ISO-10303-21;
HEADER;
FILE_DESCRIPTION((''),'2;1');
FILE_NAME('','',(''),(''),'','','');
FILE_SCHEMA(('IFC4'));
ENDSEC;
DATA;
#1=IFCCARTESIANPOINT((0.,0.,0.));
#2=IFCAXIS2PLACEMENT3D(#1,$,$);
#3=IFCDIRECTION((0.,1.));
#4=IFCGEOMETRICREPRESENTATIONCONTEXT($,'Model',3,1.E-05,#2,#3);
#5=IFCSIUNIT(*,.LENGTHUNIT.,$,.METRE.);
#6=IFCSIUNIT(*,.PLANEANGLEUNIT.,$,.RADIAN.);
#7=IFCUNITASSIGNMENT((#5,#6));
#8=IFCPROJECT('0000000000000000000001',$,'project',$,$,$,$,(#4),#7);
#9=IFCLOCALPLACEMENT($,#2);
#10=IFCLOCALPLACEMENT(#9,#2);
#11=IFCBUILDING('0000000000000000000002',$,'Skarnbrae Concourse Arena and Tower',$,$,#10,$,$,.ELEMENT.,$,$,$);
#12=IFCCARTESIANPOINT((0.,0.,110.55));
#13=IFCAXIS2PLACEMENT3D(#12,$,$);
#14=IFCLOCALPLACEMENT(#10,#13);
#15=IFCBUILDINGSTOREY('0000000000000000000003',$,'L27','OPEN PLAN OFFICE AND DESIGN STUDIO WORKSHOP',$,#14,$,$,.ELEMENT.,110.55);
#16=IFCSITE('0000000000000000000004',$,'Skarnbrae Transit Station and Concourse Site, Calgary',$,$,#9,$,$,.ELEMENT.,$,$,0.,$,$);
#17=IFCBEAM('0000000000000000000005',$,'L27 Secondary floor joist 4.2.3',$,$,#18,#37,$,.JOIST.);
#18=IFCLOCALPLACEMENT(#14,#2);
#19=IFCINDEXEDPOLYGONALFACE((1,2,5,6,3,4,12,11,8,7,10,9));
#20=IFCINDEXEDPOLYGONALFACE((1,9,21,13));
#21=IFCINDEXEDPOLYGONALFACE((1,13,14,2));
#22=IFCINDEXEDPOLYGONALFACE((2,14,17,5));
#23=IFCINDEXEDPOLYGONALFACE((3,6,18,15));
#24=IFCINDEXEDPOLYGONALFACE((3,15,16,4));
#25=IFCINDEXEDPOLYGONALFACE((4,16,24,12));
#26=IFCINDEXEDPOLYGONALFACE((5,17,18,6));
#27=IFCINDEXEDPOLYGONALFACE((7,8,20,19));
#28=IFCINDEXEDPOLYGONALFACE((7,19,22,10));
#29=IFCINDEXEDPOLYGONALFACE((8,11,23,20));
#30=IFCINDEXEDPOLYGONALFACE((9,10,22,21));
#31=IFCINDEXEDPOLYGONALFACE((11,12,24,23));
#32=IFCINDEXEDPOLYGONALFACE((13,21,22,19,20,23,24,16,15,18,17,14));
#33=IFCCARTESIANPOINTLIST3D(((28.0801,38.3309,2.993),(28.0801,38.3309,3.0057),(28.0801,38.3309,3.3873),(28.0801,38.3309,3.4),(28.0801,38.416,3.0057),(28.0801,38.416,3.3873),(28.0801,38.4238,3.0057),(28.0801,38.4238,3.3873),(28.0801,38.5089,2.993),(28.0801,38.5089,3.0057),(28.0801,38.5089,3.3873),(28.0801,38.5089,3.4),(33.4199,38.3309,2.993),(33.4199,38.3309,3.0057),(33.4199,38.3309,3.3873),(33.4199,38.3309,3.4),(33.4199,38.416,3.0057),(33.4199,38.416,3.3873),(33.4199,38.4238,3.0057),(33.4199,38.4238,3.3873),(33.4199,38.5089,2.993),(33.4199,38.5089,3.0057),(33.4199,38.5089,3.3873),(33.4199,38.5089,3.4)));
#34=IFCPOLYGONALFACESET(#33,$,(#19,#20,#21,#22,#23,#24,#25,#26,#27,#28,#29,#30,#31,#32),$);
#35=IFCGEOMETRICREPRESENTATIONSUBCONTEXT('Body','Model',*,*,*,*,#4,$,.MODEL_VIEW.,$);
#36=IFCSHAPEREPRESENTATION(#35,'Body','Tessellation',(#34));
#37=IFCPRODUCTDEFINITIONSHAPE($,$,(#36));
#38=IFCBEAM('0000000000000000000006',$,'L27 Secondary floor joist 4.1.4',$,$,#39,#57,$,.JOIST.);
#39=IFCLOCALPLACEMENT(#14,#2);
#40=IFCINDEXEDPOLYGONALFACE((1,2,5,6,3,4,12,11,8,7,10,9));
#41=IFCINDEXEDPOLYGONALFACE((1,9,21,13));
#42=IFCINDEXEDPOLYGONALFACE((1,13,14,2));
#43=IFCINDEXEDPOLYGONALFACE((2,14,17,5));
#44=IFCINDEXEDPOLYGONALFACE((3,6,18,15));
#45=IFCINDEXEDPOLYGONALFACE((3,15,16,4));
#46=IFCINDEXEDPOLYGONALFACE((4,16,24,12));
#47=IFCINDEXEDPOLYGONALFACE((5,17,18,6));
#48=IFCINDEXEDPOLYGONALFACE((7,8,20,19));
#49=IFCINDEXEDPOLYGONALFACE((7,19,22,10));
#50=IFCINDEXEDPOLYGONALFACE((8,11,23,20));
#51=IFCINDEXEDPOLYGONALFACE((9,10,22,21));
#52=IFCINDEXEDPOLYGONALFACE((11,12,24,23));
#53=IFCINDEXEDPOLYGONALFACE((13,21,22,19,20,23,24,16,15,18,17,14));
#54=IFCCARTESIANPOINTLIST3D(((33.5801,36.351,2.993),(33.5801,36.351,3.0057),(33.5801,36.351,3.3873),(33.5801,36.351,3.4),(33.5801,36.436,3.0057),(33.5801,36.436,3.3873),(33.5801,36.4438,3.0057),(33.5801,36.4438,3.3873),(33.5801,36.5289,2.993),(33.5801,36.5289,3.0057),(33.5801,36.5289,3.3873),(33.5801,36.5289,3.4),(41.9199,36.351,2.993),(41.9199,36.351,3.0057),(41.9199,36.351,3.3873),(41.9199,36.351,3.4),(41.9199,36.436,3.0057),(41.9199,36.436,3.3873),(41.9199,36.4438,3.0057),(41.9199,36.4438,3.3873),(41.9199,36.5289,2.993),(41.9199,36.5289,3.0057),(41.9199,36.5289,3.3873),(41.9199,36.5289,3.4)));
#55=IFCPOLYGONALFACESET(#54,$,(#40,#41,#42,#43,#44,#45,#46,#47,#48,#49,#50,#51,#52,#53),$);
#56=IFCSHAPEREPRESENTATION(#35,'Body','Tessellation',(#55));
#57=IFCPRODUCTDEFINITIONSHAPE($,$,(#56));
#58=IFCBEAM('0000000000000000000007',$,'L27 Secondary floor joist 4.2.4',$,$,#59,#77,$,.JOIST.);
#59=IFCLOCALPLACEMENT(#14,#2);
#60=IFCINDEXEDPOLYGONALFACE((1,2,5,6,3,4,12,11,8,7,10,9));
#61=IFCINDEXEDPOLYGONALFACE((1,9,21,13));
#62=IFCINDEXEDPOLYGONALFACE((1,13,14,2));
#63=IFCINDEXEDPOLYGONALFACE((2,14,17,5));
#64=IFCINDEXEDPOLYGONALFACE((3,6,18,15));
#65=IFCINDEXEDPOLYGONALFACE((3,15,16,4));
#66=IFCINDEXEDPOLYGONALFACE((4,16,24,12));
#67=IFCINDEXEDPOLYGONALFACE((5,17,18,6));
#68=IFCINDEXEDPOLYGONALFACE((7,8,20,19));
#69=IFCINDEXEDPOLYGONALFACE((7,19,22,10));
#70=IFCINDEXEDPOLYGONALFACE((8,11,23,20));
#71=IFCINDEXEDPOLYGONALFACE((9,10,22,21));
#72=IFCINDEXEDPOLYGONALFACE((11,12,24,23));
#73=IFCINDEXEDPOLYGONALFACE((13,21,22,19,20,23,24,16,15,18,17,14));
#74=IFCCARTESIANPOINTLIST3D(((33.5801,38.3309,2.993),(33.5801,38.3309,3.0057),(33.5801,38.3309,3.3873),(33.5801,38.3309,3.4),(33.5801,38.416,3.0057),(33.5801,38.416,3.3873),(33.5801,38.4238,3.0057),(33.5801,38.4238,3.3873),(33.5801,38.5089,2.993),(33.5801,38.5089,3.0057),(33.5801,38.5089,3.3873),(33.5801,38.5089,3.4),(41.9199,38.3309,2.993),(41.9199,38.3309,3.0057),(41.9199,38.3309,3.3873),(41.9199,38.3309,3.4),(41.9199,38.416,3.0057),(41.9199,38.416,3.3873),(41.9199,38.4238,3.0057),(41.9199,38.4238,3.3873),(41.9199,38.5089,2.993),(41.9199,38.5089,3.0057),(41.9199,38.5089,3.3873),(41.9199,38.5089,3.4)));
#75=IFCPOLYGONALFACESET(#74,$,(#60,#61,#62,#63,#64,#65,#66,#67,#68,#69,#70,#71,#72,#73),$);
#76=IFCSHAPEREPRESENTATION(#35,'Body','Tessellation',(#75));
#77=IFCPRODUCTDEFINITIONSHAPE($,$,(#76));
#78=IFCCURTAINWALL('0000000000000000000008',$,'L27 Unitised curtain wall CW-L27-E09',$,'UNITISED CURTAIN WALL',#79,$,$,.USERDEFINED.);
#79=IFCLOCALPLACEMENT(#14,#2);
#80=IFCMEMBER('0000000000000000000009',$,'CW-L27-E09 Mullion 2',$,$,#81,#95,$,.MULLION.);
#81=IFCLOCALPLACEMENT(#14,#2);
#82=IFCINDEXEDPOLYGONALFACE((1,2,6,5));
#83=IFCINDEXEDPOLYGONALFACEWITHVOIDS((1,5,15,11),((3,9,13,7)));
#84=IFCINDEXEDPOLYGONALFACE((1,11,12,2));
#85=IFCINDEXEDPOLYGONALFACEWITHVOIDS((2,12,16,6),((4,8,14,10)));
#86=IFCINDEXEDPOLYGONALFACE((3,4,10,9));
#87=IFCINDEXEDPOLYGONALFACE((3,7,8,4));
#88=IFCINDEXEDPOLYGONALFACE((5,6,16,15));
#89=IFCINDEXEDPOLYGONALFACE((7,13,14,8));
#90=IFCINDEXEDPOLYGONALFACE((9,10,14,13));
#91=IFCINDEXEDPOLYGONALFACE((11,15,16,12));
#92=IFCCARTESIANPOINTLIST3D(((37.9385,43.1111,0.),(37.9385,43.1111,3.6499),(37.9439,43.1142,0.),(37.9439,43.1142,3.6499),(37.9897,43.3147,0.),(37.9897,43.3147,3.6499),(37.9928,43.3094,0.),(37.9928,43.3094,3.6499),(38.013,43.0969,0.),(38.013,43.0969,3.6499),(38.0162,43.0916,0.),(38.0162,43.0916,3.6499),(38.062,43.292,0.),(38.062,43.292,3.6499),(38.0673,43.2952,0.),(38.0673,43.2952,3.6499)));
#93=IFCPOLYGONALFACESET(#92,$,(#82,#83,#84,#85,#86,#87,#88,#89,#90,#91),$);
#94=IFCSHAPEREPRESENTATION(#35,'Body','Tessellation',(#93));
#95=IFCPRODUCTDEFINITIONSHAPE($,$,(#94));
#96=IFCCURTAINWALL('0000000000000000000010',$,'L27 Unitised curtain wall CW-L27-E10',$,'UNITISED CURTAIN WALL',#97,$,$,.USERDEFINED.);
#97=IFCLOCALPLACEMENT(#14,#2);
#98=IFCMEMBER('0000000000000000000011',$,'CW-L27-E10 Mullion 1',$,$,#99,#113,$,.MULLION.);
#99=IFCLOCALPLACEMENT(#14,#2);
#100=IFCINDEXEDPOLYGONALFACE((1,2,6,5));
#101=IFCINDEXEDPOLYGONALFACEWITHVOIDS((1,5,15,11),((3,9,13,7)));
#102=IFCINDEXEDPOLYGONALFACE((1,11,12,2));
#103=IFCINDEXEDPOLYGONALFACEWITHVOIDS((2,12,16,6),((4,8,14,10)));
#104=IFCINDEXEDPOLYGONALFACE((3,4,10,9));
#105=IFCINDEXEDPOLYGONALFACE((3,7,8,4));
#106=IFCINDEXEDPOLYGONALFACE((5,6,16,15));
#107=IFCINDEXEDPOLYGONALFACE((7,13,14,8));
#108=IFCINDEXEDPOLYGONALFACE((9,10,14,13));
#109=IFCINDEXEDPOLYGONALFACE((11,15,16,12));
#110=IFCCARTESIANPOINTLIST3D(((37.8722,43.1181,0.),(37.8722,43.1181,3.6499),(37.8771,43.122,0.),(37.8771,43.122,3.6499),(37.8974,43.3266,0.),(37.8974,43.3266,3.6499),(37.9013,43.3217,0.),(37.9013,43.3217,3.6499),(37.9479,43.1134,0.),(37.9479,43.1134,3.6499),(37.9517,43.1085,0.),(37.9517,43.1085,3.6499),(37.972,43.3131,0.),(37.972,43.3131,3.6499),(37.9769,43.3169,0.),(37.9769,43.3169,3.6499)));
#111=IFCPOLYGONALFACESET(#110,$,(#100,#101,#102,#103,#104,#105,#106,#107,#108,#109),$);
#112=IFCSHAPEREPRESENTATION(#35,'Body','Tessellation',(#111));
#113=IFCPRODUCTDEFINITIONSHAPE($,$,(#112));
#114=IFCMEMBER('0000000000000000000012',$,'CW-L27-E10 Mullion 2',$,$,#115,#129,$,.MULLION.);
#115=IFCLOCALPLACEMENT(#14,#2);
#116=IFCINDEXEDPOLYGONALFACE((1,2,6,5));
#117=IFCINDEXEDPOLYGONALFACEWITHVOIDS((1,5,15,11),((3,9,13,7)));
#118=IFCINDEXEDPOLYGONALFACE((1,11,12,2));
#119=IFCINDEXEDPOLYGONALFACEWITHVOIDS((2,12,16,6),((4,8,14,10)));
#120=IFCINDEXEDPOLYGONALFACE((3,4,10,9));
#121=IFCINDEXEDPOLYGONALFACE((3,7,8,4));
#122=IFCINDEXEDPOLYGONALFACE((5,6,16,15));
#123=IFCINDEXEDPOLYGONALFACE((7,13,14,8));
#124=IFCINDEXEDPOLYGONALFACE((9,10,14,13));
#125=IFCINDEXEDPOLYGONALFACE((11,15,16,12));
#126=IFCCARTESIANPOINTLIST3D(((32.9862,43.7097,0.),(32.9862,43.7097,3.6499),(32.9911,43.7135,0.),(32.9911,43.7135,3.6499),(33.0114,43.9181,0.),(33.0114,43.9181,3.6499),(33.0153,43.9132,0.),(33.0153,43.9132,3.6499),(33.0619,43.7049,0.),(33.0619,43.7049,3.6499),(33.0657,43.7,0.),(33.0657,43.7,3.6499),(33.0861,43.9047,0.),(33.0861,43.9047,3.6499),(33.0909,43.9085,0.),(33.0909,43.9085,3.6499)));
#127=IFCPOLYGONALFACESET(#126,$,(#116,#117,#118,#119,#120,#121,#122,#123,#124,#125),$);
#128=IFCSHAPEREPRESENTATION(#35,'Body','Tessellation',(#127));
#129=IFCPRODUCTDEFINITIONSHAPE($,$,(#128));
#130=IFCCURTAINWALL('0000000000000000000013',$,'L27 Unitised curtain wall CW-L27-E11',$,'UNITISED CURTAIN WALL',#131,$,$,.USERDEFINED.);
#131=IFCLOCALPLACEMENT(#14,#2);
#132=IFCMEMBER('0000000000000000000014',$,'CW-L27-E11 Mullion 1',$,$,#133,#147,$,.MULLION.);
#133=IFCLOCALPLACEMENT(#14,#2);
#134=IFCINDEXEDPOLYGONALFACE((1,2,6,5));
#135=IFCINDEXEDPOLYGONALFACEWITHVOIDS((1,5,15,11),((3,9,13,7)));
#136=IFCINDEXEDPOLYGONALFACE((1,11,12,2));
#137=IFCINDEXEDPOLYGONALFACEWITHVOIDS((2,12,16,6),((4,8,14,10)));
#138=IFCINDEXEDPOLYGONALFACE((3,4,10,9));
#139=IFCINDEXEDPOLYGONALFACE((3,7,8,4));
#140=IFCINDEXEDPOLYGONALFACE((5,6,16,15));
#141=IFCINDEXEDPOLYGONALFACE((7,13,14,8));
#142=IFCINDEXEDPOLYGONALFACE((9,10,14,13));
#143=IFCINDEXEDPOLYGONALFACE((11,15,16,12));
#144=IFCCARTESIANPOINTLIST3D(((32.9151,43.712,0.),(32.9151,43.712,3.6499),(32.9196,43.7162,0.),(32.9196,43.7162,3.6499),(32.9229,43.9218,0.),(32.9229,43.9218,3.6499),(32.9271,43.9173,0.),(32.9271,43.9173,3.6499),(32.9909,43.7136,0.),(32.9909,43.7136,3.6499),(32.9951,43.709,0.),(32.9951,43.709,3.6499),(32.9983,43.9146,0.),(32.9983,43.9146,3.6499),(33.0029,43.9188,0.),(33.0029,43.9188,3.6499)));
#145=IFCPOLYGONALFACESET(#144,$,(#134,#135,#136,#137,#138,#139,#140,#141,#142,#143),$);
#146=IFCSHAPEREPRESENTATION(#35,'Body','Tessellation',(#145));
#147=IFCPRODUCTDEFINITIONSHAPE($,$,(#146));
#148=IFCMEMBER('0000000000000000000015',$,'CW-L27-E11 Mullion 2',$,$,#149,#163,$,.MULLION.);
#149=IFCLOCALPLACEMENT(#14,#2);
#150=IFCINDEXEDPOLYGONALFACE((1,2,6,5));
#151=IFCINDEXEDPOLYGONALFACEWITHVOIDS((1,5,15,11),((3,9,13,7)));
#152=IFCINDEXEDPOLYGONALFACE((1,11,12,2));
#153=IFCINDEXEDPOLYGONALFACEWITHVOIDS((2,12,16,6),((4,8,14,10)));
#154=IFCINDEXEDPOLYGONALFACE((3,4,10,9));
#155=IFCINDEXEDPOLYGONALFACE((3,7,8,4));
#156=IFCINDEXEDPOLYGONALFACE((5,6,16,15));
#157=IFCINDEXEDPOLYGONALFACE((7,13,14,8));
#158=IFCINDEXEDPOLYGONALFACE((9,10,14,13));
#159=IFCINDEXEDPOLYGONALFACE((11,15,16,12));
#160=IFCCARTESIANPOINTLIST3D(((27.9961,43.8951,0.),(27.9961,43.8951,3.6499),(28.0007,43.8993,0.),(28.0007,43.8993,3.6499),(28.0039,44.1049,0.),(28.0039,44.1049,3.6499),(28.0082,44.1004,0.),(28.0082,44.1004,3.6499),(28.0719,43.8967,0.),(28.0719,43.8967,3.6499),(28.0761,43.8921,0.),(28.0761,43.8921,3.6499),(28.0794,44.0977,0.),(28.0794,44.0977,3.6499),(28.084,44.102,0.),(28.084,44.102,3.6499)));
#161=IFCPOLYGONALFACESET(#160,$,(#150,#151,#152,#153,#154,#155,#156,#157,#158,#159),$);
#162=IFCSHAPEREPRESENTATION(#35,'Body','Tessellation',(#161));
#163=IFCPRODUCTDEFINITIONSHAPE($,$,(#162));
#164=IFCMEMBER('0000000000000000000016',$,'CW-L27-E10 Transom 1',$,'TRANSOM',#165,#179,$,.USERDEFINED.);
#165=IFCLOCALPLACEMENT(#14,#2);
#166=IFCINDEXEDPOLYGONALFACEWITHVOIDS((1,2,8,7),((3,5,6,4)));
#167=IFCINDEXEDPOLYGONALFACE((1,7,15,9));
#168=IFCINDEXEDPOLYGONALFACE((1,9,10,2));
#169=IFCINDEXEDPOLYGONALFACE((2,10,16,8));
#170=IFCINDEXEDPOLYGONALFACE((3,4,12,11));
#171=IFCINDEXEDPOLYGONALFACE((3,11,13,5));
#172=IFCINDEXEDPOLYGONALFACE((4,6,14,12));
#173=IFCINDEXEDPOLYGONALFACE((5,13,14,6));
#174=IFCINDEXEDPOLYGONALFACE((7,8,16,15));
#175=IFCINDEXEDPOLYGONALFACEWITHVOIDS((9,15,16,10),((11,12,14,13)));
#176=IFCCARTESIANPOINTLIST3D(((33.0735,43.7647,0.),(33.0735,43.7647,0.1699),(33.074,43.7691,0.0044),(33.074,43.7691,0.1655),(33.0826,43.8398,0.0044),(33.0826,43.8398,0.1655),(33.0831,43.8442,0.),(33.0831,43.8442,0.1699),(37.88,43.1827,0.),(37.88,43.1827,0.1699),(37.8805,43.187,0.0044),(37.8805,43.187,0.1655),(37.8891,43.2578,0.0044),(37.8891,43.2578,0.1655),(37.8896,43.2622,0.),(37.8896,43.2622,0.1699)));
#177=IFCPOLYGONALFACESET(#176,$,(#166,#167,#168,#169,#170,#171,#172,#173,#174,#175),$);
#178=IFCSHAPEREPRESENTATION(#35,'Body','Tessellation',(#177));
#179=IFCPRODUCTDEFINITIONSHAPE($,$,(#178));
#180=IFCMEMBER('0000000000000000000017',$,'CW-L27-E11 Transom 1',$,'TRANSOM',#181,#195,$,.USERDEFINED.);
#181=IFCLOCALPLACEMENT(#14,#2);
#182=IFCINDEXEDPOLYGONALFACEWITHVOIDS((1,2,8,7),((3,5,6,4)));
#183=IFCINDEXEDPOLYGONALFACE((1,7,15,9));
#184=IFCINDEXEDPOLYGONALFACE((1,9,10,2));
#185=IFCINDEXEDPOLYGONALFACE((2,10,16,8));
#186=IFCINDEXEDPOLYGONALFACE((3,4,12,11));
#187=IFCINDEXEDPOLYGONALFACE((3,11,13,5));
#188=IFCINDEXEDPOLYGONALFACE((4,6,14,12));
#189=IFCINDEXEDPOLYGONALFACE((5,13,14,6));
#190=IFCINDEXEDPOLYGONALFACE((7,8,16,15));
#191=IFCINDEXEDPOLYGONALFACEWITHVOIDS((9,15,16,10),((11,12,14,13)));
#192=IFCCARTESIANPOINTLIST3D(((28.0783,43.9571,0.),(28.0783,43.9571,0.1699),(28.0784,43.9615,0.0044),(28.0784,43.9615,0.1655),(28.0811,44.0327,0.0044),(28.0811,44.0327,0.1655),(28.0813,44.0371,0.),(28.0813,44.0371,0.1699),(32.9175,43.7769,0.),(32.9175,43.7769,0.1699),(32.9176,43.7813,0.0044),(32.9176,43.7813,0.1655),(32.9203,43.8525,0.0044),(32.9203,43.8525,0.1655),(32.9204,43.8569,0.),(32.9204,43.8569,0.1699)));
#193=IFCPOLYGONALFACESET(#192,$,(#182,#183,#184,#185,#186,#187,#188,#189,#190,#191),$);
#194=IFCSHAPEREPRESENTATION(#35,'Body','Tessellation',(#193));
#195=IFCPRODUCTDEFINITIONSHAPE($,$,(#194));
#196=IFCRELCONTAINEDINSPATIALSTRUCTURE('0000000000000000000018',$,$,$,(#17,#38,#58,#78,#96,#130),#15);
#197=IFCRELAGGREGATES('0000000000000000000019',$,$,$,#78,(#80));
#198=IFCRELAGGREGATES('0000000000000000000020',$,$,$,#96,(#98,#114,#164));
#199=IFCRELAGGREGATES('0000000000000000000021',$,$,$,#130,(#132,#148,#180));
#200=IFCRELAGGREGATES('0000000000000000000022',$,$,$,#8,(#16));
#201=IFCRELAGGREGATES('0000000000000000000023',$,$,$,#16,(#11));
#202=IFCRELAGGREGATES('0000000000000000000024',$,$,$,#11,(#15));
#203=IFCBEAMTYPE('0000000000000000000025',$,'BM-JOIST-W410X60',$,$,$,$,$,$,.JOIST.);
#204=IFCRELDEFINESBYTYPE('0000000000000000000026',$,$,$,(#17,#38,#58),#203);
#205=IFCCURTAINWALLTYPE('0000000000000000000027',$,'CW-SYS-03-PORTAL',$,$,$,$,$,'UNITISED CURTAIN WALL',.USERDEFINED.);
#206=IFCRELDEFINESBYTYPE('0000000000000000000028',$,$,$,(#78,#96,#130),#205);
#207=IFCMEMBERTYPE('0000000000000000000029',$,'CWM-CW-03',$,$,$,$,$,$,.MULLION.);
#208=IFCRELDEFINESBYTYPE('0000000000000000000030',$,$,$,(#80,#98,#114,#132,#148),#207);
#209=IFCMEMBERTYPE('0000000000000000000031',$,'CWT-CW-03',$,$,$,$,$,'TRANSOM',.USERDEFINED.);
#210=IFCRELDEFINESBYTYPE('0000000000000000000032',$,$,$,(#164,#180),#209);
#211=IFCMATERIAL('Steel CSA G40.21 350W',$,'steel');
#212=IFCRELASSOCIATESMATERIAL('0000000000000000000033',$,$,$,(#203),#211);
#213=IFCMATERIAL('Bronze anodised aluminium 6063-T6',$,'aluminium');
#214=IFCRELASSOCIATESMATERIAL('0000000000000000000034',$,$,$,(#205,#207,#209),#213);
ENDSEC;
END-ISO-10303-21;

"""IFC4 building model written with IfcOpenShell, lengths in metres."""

from ifc_helpers import new_model, si_unit, direction, frame, origin, origin_2d, place, context, subcontext, project, spatial, hollow_rectangle, i_section, extrude, source, transform, mapped, material, material_profile, profile_set, type_object, element, aggregate, save


model = new_model("IFC4")

# Units and contexts
model_context = context("Model", 3, precision=1e-05, world=origin(), true_north=direction((0.0, 1.0)))
body_context = subcontext(model_context, "Body", "Model", "MODEL_VIEW")
ifc_project = project(units=[si_unit("LENGTHUNIT", "METRE"), si_unit("PLANEANGLEUNIT", "RADIAN")], contexts=[model_context])

# Site, building, storey
site_placement = place(None, origin())
site = spatial("IfcSite", under=ifc_project, at=site_placement, Name="Skarnbrae Transit Station and Concourse Site, Calgary", CompositionType="ELEMENT", RefElevation=0.0)
building_placement = place(site_placement, origin())
building = spatial("IfcBuilding", under=site, at=building_placement, Name="Skarnbrae Concourse Arena and Tower", CompositionType="ELEMENT")
storey_placement = place(building_placement, frame((0.0, 0.0, 110.55)))
storey = spatial("IfcBuildingStorey", under=building, at=storey_placement, Name="L27", Description="OPEN PLAN OFFICE AND DESIGN STUDIO WORKSHOP", CompositionType="ELEMENT", Elevation=110.55)

# Shared definitions
ifc_material_1 = material(Name="Steel CSA G40.21 350W", Category="steel")

# Beams
ifc_material_profile_1 = material_profile(ifc_material_1, i_section(OverallWidth=0.178, OverallDepth=0.407, WebThickness=0.0078, FlangeThickness=0.0127, at=origin_2d()), Name="W410X60")
ifc_profile_set_1 = profile_set([ifc_material_profile_1], Name="Steel CSA G40.21 350W")
beam_type_1 = type_object("IfcBeamType", Name="BM-JOIST-W410X60", PredefinedType="JOIST", material=ifc_profile_set_1)
shared_shape_1 = source(origin(), body_context, "Body", "SweptSolid", [
    extrude(i_section(OverallWidth=0.178, OverallDepth=0.407, WebThickness=0.0078, FlangeThickness=0.0127, at=origin_2d()), origin(), (0.0, 0.0, 1.0), 5.3398),
])
for number, where, z_axis, x_axis, name in (
    (1, (28.0801, 38.4199, 3.1965), (1.0, 0.0, 0.0), (0.0, 1.0, 0.0), "L27 Secondary floor joist 4.2.3"),
):
    element("IfcBeam", number, at=place(storey_placement, frame(where, z_axis=z_axis, x_axis=x_axis)), inside=storey, type_object=beam_type_1, Name=name, PredefinedType="JOIST", context=body_context, shape_type="MappedRepresentation", body=[
        mapped(shared_shape_1, transform((0.0, 0.0, 0.0))),
    ])
shared_shape_2 = source(origin(), body_context, "Body", "SweptSolid", [
    extrude(i_section(OverallWidth=0.178, OverallDepth=0.407, WebThickness=0.0078, FlangeThickness=0.0127, at=origin_2d()), origin(), (0.0, 0.0, 1.0), 8.3398),
])
for number, where, z_axis, x_axis, name in (
    (2, (33.5801, 36.4399, 3.1965), (1.0, 0.0, 0.0), (0.0, 1.0, 0.0), "L27 Secondary floor joist 4.1.4"),
    (3, (33.5801, 38.4199, 3.1965), (1.0, 0.0, 0.0), (0.0, 1.0, 0.0), "L27 Secondary floor joist 4.2.4"),
):
    element("IfcBeam", number, at=place(storey_placement, frame(where, z_axis=z_axis, x_axis=x_axis)), inside=storey, type_object=beam_type_1, Name=name, PredefinedType="JOIST", context=body_context, shape_type="MappedRepresentation", body=[
        mapped(shared_shape_2, transform((0.0, 0.0, 0.0))),
    ])

# Curtain wall, member
ifc_material_2 = material(Name="Bronze anodised aluminium 6063-T6", Category="aluminium")
curtain_wall_type = type_object("IfcCurtainWallType", Name="CW-SYS-03-PORTAL", ElementType="UNITISED CURTAIN WALL", PredefinedType="USERDEFINED", material=ifc_material_2)
curtain_wall_1_placement = place(storey_placement, origin())
curtain_wall_1 = element("IfcCurtainWall", 4, at=curtain_wall_1_placement, inside=storey, type_object=curtain_wall_type, Name="L27 Unitised curtain wall CW-L27-E09", ObjectType="UNITISED CURTAIN WALL", PredefinedType="USERDEFINED")
ifc_material_profile_2 = material_profile(ifc_material_2, hollow_rectangle(XDim=0.0801, YDim=0.21, WallThickness=0.0044, at=origin_2d()), Name="ALU-MULL-80X210")
ifc_profile_set_2 = profile_set([ifc_material_profile_2], Name="Bronze anodised aluminium 6063-T6")
member_type_1 = type_object("IfcMemberType", Name="CWM-CW-03", PredefinedType="MULLION", material=ifc_profile_set_2)
shared_shape_3 = source(origin(), body_context, "Body", "SweptSolid", [
    extrude(hollow_rectangle(XDim=0.0801, YDim=0.21, WallThickness=0.0044, at=origin_2d()), origin(), (0.0, 0.0, 1.0), 3.6499),
])
member_1_placement = place(storey_placement, frame((38.0029, 43.2031, 0.0), z_axis=(0.0, 0.0, 1.0), x_axis=(-0.969903, 0.243491, 0.0)))
member_1 = element("IfcMember", 5, at=member_1_placement, type_object=member_type_1, Name="CW-L27-E09 Mullion 2", PredefinedType="MULLION", context=body_context, shape_type="MappedRepresentation", body=[
    mapped(shared_shape_3, transform((0.0, 0.0, 0.0))),
])

# Curtain walls, members
curtain_wall_2_placement = place(storey_placement, origin())
curtain_wall_2 = element("IfcCurtainWall", 6, at=curtain_wall_2_placement, inside=storey, type_object=curtain_wall_type, Name="L27 Unitised curtain wall CW-L27-E10", ObjectType="UNITISED CURTAIN WALL", PredefinedType="USERDEFINED")
member_2_placement = place(storey_placement, frame((37.9246, 43.2175, 0.0), z_axis=(0.0, 0.0, 1.0), x_axis=(-0.992749, 0.120203, 0.0)))
member_2 = element("IfcMember", 7, at=member_2_placement, type_object=member_type_1, Name="CW-L27-E10 Mullion 1", PredefinedType="MULLION", context=body_context, shape_type="MappedRepresentation", body=[
    mapped(shared_shape_3, transform((0.0, 0.0, 0.0))),
])
member_3_placement = place(storey_placement, frame((33.0386, 43.8091, 0.0), z_axis=(0.0, 0.0, 1.0), x_axis=(-0.992749, 0.120203, 0.0)))
member_3 = element("IfcMember", 8, at=member_3_placement, type_object=member_type_1, Name="CW-L27-E10 Mullion 2", PredefinedType="MULLION", context=body_context, shape_type="MappedRepresentation", body=[
    mapped(shared_shape_3, transform((0.0, 0.0, 0.0))),
])
curtain_wall_3_placement = place(storey_placement, origin())
curtain_wall_3 = element("IfcCurtainWall", 9, at=curtain_wall_3_placement, inside=storey, type_object=curtain_wall_type, Name="L27 Unitised curtain wall CW-L27-E11", ObjectType="UNITISED CURTAIN WALL", PredefinedType="USERDEFINED")
member_4_placement = place(storey_placement, frame((32.959, 43.8154, 0.0), z_axis=(0.0, 0.0, 1.0), x_axis=(-0.999308, 0.037183, 0.0)))
member_4 = element("IfcMember", 10, at=member_4_placement, type_object=member_type_1, Name="CW-L27-E11 Mullion 1", PredefinedType="MULLION", context=body_context, shape_type="MappedRepresentation", body=[
    mapped(shared_shape_3, transform((0.0, 0.0, 0.0))),
])
member_5_placement = place(storey_placement, frame((28.04, 43.9985, 0.0), z_axis=(0.0, 0.0, 1.0), x_axis=(-0.999308, 0.037183, 0.0)))
member_5 = element("IfcMember", 11, at=member_5_placement, type_object=member_type_1, Name="CW-L27-E11 Mullion 2", PredefinedType="MULLION", context=body_context, shape_type="MappedRepresentation", body=[
    mapped(shared_shape_3, transform((0.0, 0.0, 0.0))),
])

# Members
ifc_material_profile_3 = material_profile(ifc_material_2, hollow_rectangle(XDim=0.0801, YDim=0.1699, WallThickness=0.0044, at=origin_2d()), Name="ALU-TRAN-80X170")
ifc_profile_set_3 = profile_set([ifc_material_profile_3], Name="Bronze anodised aluminium 6063-T6")
member_type_2 = type_object("IfcMemberType", Name="CWT-CW-03", ElementType="TRANSOM", PredefinedType="USERDEFINED", material=ifc_profile_set_3)
shared_shape_4 = source(origin(), body_context, "Body", "SweptSolid", [
    extrude(hollow_rectangle(XDim=0.0801, YDim=0.1699, WallThickness=0.0044, at=origin_2d()), origin(), (0.0, 0.0, 1.0), 4.8416),
])
member_6_placement = place(storey_placement, frame((37.8848, 43.2224, 0.085), z_axis=(-0.992748, 0.120217, 0.0), x_axis=(-0.120217, -0.992748, 0.0)))
member_6 = element("IfcMember", 12, at=member_6_placement, type_object=member_type_2, Name="CW-L27-E10 Transom 1", ObjectType="TRANSOM", PredefinedType="USERDEFINED", context=body_context, shape_type="MappedRepresentation", body=[
    mapped(shared_shape_4, transform((0.0, 0.0, 0.0))),
])
shared_shape_5 = source(origin(), body_context, "Body", "SweptSolid", [
    extrude(hollow_rectangle(XDim=0.0801, YDim=0.1699, WallThickness=0.0044, at=origin_2d()), origin(), (0.0, 0.0, 1.0), 4.8425),
])
member_7_placement = place(storey_placement, frame((32.9189, 43.8169, 0.085), z_axis=(-0.999308, 0.037207, 0.0), x_axis=(-0.037207, -0.999308, 0.0)))
member_7 = element("IfcMember", 13, at=member_7_placement, type_object=member_type_2, Name="CW-L27-E11 Transom 1", ObjectType="TRANSOM", PredefinedType="USERDEFINED", context=body_context, shape_type="MappedRepresentation", body=[
    mapped(shared_shape_5, transform((0.0, 0.0, 0.0))),
])

aggregate(curtain_wall_1, [member_1])
aggregate(curtain_wall_2, [member_2, member_3, member_6])
aggregate(curtain_wall_3, [member_4, member_5, member_7])

save(model, "model.ifc")
